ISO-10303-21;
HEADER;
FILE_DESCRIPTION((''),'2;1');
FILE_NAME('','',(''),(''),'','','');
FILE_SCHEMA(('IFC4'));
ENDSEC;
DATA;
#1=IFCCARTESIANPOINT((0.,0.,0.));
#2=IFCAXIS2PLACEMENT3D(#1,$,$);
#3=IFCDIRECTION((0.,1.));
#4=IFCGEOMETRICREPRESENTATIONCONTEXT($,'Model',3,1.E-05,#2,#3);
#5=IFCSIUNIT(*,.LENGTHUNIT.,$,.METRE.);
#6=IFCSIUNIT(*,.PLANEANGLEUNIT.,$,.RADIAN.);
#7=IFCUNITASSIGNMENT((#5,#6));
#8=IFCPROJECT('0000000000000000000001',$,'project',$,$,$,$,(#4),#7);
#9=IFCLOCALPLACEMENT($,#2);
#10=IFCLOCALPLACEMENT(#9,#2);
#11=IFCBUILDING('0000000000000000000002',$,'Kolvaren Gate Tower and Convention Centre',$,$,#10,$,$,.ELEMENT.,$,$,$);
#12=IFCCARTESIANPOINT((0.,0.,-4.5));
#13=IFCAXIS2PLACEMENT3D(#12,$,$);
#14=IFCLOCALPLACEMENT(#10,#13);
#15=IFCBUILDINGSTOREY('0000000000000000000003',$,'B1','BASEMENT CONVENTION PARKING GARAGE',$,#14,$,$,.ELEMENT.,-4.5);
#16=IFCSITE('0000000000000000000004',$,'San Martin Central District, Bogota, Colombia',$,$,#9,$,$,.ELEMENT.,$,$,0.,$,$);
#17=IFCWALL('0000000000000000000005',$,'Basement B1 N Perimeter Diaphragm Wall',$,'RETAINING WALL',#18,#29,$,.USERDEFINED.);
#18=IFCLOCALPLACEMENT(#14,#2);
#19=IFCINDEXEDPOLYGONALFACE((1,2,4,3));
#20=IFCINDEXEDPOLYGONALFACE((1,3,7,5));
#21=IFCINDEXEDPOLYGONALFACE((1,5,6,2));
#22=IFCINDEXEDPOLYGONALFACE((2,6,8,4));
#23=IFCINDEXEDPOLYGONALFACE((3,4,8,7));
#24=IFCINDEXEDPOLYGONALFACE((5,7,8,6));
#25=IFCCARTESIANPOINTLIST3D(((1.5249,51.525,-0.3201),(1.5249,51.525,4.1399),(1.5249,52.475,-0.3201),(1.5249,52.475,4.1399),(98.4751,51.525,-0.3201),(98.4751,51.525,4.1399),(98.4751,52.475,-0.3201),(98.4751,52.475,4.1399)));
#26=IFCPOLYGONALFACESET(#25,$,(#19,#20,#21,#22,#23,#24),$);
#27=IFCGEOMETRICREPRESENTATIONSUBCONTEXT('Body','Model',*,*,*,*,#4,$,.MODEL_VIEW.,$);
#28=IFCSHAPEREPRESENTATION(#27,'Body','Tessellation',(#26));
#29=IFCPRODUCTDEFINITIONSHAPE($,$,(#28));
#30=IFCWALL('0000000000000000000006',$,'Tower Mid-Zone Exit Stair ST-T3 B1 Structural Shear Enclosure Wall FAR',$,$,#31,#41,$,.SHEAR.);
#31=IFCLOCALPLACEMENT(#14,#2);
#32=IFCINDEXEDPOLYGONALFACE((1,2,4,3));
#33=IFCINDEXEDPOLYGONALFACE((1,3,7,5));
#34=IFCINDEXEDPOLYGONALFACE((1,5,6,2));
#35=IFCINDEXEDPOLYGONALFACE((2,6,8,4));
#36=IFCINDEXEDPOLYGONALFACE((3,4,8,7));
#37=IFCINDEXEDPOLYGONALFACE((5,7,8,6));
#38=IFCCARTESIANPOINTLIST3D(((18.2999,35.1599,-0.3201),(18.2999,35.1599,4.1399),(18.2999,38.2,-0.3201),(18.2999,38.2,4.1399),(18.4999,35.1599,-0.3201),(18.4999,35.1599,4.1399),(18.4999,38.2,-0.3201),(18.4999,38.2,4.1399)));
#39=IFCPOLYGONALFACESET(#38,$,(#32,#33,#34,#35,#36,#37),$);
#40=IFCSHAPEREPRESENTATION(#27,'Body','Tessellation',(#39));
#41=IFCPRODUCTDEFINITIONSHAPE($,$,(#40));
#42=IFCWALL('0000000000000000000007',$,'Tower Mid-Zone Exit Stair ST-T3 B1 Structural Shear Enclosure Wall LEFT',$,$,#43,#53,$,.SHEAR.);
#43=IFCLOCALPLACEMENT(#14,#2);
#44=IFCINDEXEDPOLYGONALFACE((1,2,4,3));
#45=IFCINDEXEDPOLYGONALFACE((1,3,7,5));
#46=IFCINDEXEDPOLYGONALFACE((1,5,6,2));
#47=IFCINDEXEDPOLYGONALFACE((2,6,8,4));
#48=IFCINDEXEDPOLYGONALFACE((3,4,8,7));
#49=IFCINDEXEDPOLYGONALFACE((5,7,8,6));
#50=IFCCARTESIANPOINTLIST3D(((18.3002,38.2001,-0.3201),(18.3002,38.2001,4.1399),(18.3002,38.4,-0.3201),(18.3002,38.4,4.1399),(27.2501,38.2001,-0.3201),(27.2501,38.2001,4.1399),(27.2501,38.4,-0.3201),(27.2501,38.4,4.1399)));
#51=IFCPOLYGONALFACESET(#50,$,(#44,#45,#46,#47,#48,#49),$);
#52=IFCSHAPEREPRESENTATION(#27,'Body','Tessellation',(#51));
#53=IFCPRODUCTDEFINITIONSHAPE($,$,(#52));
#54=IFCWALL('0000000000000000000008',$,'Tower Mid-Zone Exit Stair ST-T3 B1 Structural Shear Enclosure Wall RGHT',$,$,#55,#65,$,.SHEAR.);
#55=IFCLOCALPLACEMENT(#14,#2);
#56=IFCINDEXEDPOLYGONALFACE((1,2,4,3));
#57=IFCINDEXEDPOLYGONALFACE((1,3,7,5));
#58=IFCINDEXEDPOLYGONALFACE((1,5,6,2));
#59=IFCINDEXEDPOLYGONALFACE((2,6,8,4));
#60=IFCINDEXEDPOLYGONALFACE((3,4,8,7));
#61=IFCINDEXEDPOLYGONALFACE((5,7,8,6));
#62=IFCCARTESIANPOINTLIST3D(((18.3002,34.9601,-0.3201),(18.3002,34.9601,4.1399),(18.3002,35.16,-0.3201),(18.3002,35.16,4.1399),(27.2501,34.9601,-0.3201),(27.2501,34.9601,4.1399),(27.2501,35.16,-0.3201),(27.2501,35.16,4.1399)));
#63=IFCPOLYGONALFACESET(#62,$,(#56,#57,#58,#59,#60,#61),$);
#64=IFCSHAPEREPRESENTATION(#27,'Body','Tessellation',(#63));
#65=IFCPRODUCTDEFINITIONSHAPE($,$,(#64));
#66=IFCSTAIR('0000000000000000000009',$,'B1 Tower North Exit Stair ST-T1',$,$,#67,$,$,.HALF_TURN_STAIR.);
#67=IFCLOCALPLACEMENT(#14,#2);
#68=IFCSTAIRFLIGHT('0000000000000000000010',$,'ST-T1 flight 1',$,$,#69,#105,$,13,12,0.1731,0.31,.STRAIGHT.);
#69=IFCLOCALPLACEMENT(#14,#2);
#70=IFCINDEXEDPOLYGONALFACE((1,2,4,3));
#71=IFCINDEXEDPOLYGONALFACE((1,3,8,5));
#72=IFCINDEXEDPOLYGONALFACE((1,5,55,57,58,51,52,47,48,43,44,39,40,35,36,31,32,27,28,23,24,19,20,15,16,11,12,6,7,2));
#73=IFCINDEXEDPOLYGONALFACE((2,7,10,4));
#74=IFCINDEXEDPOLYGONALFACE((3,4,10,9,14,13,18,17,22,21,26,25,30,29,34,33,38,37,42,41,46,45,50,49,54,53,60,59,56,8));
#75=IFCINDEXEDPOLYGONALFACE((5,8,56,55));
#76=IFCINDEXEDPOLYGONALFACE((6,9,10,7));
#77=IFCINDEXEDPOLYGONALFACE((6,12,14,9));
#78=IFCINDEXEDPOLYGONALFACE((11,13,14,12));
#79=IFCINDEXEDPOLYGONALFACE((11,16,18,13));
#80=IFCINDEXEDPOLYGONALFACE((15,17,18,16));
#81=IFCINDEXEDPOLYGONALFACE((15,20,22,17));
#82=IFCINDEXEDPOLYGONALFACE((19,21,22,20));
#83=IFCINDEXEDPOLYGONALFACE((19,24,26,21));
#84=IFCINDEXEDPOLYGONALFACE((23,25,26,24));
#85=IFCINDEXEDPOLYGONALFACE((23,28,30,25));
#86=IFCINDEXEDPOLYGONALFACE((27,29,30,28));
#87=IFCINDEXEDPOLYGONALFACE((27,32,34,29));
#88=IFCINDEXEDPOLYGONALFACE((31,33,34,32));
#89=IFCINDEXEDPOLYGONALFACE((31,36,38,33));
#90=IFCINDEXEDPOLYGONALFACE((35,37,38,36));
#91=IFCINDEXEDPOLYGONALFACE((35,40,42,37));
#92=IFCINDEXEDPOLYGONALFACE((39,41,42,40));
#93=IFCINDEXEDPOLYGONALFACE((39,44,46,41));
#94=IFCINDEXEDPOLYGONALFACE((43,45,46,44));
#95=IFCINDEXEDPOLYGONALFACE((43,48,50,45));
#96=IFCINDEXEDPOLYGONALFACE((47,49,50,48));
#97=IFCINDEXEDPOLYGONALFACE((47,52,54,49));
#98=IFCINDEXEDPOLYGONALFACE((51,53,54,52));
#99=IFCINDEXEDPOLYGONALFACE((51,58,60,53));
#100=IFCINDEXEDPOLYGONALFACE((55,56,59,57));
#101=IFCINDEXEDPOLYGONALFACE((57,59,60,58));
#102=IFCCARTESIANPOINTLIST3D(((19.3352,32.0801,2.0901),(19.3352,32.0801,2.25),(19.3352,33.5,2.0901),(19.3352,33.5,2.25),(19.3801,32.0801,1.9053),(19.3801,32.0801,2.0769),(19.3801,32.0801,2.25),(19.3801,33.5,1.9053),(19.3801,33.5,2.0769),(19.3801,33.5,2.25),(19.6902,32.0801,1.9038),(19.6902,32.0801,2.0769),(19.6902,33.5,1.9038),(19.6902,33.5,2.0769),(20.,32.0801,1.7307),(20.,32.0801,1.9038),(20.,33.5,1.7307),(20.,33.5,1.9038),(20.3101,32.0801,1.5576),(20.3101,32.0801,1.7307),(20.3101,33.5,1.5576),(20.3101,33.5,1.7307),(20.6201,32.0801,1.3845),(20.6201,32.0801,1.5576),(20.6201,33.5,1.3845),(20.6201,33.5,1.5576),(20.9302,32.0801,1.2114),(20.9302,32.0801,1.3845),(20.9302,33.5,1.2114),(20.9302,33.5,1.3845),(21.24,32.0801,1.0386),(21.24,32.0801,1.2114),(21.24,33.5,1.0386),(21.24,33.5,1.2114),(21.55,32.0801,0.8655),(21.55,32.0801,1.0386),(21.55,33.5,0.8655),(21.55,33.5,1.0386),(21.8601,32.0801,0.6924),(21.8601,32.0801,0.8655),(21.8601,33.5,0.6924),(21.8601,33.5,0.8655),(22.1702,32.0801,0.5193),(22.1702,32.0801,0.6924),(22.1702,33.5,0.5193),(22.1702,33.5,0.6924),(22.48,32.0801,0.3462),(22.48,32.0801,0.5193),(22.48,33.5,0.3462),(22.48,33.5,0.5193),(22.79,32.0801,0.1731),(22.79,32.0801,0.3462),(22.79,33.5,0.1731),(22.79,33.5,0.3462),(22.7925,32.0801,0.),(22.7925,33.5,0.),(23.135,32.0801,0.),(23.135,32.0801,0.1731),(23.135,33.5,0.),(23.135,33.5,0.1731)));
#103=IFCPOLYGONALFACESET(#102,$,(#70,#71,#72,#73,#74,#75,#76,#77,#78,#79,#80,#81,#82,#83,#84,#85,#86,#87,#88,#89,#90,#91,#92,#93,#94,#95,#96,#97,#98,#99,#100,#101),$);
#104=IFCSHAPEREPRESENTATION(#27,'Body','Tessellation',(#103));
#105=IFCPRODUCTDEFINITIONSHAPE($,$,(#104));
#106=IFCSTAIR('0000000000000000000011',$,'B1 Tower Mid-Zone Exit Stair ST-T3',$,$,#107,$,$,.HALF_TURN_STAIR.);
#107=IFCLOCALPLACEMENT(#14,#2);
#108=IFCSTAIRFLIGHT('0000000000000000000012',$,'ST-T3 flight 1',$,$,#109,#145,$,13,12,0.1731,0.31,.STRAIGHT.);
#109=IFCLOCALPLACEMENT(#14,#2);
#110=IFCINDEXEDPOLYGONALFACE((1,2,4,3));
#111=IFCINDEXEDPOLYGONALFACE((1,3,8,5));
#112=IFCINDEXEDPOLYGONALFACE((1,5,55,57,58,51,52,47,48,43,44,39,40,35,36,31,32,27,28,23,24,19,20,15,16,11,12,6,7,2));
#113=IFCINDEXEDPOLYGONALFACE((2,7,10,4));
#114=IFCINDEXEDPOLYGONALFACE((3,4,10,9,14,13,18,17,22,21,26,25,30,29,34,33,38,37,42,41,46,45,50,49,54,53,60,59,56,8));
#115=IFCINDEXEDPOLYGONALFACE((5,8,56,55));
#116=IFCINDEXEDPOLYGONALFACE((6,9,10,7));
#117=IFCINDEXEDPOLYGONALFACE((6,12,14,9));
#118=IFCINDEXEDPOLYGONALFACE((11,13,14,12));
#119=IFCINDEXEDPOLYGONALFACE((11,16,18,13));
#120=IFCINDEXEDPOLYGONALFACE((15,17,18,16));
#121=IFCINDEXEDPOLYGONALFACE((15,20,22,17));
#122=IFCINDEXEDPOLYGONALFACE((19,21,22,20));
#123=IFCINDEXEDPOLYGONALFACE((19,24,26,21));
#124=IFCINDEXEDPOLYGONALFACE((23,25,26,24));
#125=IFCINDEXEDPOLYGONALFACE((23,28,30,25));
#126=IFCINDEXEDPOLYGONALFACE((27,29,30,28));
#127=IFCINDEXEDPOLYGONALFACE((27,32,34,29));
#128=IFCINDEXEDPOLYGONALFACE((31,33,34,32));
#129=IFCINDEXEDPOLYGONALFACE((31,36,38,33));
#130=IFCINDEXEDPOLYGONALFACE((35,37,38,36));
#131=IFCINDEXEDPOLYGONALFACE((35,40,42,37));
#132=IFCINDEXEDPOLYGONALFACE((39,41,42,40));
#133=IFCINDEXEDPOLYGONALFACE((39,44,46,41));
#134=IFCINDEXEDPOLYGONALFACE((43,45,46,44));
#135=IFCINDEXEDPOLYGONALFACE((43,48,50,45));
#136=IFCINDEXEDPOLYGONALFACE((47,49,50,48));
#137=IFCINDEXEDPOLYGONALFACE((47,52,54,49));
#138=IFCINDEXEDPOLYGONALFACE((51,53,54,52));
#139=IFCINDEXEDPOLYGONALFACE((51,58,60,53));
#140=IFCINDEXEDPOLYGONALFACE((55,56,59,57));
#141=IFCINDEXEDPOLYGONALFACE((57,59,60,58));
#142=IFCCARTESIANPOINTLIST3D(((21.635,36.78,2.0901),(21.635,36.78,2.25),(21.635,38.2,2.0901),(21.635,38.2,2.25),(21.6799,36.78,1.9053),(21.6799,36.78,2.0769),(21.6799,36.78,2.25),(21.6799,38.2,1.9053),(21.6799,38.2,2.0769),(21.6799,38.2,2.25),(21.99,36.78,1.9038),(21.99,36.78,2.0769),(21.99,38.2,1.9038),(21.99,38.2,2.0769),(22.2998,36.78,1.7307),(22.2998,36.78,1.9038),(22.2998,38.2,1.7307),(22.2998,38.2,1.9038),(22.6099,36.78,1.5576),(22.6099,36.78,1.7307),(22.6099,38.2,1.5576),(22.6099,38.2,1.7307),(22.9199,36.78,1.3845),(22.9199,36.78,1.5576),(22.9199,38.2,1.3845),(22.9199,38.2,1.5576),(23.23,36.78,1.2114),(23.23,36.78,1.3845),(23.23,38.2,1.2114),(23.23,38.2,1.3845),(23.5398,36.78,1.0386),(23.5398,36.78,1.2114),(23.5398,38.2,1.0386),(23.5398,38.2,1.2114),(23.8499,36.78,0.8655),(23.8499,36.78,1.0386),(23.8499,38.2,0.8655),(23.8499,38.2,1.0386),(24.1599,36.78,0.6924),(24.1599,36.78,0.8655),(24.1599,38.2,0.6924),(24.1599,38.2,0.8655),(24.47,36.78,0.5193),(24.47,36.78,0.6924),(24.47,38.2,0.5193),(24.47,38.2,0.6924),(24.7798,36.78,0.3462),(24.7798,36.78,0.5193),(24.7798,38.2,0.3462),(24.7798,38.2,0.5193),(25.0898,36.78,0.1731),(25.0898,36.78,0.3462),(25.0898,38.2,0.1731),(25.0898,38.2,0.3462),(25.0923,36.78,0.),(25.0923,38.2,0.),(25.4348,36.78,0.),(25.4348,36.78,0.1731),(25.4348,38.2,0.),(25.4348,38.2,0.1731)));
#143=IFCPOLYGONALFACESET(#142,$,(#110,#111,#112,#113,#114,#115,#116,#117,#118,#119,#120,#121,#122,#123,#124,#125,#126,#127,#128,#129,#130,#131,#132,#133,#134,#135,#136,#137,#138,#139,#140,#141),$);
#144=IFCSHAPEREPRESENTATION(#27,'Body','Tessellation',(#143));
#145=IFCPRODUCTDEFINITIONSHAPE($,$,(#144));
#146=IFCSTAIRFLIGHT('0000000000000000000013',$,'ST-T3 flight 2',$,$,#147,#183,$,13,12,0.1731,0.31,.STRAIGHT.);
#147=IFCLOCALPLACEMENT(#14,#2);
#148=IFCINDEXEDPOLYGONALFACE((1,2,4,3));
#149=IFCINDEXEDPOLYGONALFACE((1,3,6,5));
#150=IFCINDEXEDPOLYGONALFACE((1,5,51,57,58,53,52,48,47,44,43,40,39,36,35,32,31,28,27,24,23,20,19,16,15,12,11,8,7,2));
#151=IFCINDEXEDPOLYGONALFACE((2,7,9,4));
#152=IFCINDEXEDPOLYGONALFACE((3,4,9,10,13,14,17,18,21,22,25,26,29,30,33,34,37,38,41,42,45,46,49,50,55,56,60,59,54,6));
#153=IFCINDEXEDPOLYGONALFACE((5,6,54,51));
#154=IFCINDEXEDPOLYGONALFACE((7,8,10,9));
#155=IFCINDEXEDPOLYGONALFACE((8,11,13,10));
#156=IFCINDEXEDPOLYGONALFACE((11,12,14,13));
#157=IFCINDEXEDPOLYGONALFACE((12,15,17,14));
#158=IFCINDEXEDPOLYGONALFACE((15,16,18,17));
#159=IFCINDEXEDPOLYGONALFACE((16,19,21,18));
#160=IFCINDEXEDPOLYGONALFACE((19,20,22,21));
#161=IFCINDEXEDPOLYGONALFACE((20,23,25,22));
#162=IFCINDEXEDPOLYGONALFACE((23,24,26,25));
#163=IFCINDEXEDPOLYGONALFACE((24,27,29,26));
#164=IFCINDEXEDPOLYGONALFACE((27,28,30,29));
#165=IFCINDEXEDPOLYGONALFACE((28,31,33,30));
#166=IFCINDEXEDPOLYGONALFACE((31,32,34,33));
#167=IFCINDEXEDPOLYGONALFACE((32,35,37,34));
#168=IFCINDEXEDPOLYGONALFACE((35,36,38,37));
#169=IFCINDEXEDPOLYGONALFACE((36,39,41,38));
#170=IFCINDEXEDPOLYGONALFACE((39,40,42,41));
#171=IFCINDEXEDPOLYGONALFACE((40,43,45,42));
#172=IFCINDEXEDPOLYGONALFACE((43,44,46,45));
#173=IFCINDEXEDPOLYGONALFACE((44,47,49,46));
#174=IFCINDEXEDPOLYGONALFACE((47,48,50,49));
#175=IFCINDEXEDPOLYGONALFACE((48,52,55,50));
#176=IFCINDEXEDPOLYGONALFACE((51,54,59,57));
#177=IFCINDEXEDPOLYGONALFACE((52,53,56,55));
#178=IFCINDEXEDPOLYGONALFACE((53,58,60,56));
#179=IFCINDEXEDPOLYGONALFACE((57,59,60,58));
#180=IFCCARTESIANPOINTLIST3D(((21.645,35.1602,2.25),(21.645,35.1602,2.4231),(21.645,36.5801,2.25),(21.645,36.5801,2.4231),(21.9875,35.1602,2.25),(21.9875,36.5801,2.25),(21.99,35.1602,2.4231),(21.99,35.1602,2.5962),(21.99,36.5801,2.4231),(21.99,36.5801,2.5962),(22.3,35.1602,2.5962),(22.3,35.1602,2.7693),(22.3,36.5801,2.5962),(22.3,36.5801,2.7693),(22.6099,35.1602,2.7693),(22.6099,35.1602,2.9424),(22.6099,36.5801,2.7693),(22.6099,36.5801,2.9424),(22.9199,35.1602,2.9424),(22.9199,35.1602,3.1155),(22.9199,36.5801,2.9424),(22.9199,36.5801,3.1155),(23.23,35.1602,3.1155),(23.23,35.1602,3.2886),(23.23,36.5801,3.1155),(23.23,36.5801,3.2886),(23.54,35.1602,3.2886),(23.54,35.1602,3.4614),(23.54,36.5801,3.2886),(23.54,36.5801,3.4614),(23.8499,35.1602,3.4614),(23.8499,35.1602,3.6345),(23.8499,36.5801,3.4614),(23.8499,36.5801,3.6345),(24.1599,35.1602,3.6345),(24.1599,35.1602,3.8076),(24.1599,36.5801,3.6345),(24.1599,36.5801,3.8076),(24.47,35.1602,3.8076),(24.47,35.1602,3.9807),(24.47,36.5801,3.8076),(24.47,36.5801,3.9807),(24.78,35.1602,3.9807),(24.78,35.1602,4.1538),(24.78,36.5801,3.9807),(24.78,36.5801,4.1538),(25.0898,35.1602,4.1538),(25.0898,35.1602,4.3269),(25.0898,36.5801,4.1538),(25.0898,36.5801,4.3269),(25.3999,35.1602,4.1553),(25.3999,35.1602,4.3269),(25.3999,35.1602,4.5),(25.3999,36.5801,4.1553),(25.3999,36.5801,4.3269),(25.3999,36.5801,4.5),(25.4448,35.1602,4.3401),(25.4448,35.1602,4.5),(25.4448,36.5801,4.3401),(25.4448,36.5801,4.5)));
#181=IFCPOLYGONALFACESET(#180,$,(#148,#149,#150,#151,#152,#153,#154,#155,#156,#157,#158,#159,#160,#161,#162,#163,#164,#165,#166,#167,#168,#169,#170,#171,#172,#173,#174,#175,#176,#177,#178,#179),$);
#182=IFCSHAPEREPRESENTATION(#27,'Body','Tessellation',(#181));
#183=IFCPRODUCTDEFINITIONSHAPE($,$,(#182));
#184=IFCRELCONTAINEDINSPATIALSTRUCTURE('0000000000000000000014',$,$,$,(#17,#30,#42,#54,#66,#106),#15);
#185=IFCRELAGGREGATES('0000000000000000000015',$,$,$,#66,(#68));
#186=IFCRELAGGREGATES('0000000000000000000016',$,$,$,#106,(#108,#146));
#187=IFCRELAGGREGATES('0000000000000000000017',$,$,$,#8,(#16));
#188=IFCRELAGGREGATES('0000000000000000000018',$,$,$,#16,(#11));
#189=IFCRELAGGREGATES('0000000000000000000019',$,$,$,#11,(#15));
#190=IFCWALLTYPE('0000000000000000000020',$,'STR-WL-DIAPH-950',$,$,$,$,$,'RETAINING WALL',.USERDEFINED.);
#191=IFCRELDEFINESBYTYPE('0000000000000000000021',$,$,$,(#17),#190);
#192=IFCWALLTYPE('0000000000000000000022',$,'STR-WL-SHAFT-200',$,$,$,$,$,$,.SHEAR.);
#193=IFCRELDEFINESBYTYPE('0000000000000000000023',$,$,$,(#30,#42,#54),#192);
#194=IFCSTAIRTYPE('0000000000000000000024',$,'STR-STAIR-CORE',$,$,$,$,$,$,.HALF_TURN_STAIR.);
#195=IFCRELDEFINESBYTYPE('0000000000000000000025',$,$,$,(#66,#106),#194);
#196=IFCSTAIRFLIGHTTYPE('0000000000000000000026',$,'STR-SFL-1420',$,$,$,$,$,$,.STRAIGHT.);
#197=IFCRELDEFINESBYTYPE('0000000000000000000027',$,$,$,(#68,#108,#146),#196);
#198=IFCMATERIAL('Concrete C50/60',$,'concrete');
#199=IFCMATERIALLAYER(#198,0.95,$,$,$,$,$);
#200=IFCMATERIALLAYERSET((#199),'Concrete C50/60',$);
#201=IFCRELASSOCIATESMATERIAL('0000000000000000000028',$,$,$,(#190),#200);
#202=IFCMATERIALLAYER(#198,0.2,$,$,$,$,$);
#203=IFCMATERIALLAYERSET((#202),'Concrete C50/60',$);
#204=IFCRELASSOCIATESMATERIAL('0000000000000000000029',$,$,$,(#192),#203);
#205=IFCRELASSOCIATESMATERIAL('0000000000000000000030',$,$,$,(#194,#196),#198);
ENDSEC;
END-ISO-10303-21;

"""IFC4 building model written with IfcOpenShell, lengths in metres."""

from ifc_helpers import new_model, si_unit, direction, frame, frame_2d, origin, place, context, subcontext, project, spatial, polyline, rectangle, outline, extrude, material, layer, layer_set, type_object, element, aggregate, save


model = new_model("IFC4")

# Units and contexts
model_context = context("Model", 3, precision=1e-05, world=origin(), true_north=direction((0.0, 1.0)))
body_context = subcontext(model_context, "Body", "Model", "MODEL_VIEW")
ifc_project = project(units=[si_unit("LENGTHUNIT", "METRE"), si_unit("PLANEANGLEUNIT", "RADIAN")], contexts=[model_context])

# Site, building, storey
site_placement = place(None, origin())
site = spatial("IfcSite", under=ifc_project, at=site_placement, Name="San Martin Central District, Bogota, Colombia", CompositionType="ELEMENT", RefElevation=0.0)
building_placement = place(site_placement, origin())
building = spatial("IfcBuilding", under=site, at=building_placement, Name="Kolvaren Gate Tower and Convention Centre", CompositionType="ELEMENT")
storey_placement = place(building_placement, frame((0.0, 0.0, -4.5)))
storey = spatial("IfcBuildingStorey", under=building, at=storey_placement, Name="B1", Description="BASEMENT CONVENTION PARKING GARAGE", CompositionType="ELEMENT", Elevation=-4.5)

# Walls
ifc_material_1 = material(Name="Concrete C50/60", Category="concrete")
ifc_layer_1 = layer(ifc_material_1, 0.95)
ifc_layer_set_1 = layer_set([ifc_layer_1], Name="Concrete C50/60")
wall_type_1 = type_object("IfcWallType", Name="STR-WL-DIAPH-950", ElementType="RETAINING WALL", PredefinedType="USERDEFINED", material=ifc_layer_set_1)
wall_1_placement = place(storey_placement, frame((1.5249, 52.0, -0.3201), z_axis=(0.0, 0.0, 1.0), x_axis=(1.0, 0.0, 0.0)))
element("IfcWall", 1, at=wall_1_placement, inside=storey, type_object=wall_type_1, Name="Basement B1 N Perimeter Diaphragm Wall", ObjectType="RETAINING WALL", PredefinedType="USERDEFINED", context=body_context, shape_type="SweptSolid", body=[
    extrude(rectangle(XDim=96.9502, YDim=0.95, at=frame_2d((48.4751, 0.0))), origin(), (0.0, 0.0, 1.0), 4.46),
])
ifc_layer_2 = layer(ifc_material_1, 0.2)
ifc_layer_set_2 = layer_set([ifc_layer_2], Name="Concrete C50/60")
wall_type_2 = type_object("IfcWallType", Name="STR-WL-SHAFT-200", PredefinedType="SHEAR", material=ifc_layer_set_2)
wall_2_placement = place(storey_placement, frame((18.3999, 35.1599, -0.3201), z_axis=(0.0, 0.0, 1.0), x_axis=(0.0, 1.0, 0.0)))
element("IfcWall", 2, at=wall_2_placement, inside=storey, type_object=wall_type_2, Name="Tower Mid-Zone Exit Stair ST-T3 B1 Structural Shear Enclosure Wall FAR", PredefinedType="SHEAR", context=body_context, shape_type="SweptSolid", body=[
    extrude(rectangle(XDim=3.04, YDim=0.2, at=frame_2d((1.52, 0.0))), origin(), (0.0, 0.0, 1.0), 4.46),
])
for number, where, z_axis, x_axis, name in (
    (3, (18.3, 38.3, -0.3201), (0.0, 0.0, 1.0), (1.0, 0.0, 0.0), "Tower Mid-Zone Exit Stair ST-T3 B1 Structural Shear Enclosure Wall LEFT"),
    (4, (18.3, 35.0601, -0.3201), (0.0, 0.0, 1.0), (1.0, 0.0, 0.0), "Tower Mid-Zone Exit Stair ST-T3 B1 Structural Shear Enclosure Wall RGHT"),
):
    element("IfcWall", number, at=place(storey_placement, frame(where, z_axis=z_axis, x_axis=x_axis)), inside=storey, type_object=wall_type_2, Name=name, PredefinedType="SHEAR", context=body_context, shape_type="SweptSolid", body=[
        extrude(rectangle(XDim=8.95, YDim=0.2, at=frame_2d((4.4751, 0.0))), origin(), (0.0, 0.0, 1.0), 4.46),
    ])

# Stair, stair flight
stair_type = type_object("IfcStairType", Name="STR-STAIR-CORE", PredefinedType="HALF_TURN_STAIR", material=ifc_material_1)
stair_1_placement = place(storey_placement, origin())
stair_1 = element("IfcStair", 5, at=stair_1_placement, inside=storey, type_object=stair_type, Name="B1 Tower North Exit Stair ST-T1", PredefinedType="HALF_TURN_STAIR")
stair_flight_type = type_object("IfcStairFlightType", Name="STR-SFL-1420", PredefinedType="STRAIGHT", material=ifc_material_1)
stair_flight_1_placement = place(storey_placement, frame((23.1001, 32.79, 0.0), z_axis=(0.0, 0.0, 1.0), x_axis=(-1.0, 0.0, 0.0)))
stair_flight_1 = element("IfcStairFlight", 6, at=stair_flight_1_placement, type_object=stair_flight_type, Name="ST-T1 flight 1", NumberOfRisers=13, NumberOfTreads=12, PredefinedType="STRAIGHT", RiserHeight=0.1731, TreadLength=0.31, context=body_context, shape_type="SweptSolid", body=[
    extrude(outline(polyline([(-0.0349, 0.0), (-0.0349, 0.1731), (0.3101, 0.1731), (0.3101, 0.3462), (0.6201, 0.3462), (0.6201, 0.5193), (0.9299, 0.5193), (0.9299, 0.6924), (1.24, 0.6924), (1.24, 0.8655), (1.55, 0.8655), (1.55, 1.0386), (1.8601, 1.0386), (1.8601, 1.2114), (2.1699, 1.2114), (2.1699, 1.3845), (2.48, 1.3845), (2.48, 1.5576), (2.79, 1.5576), (2.79, 1.7307), (3.1001, 1.7307), (3.1001, 1.9038), (3.4099, 1.9038), (3.4099, 2.0769), (3.72, 2.0769), (3.72, 2.25), (3.7649, 2.25), (3.7649, 2.0901), (3.72, 1.9053), (0.3076, 0.0), (-0.0349, 0.0)])), frame((0.0, 0.71, 0.0), z_axis=(0.0, -1.0, 0.0), x_axis=(1.0, 0.0, 0.0)), (0.0, 0.0, 1.0), 1.4199),
])
aggregate(stair_1, [stair_flight_1])

# Stair, stair flights
stair_2_placement = place(storey_placement, origin())
stair_2 = element("IfcStair", 7, at=stair_2_placement, inside=storey, type_object=stair_type, Name="B1 Tower Mid-Zone Exit Stair ST-T3", PredefinedType="HALF_TURN_STAIR")
stair_flight_2_placement = place(storey_placement, frame((25.3999, 37.49, 0.0), z_axis=(0.0, 0.0, 1.0), x_axis=(-1.0, 0.0, 0.0)))
stair_flight_2 = element("IfcStairFlight", 8, at=stair_flight_2_placement, type_object=stair_flight_type, Name="ST-T3 flight 1", NumberOfRisers=13, NumberOfTreads=12, PredefinedType="STRAIGHT", RiserHeight=0.1731, TreadLength=0.31, context=body_context, shape_type="SweptSolid", body=[
    extrude(outline(polyline([(-0.0349, 0.0), (-0.0349, 0.1731), (0.3101, 0.1731), (0.3101, 0.3462), (0.6201, 0.3462), (0.6201, 0.5193), (0.9299, 0.5193), (0.9299, 0.6924), (1.24, 0.6924), (1.24, 0.8655), (1.55, 0.8655), (1.55, 1.0386), (1.8601, 1.0386), (1.8601, 1.2114), (2.1699, 1.2114), (2.1699, 1.3845), (2.48, 1.3845), (2.48, 1.5576), (2.79, 1.5576), (2.79, 1.7307), (3.1001, 1.7307), (3.1001, 1.9038), (3.4099, 1.9038), (3.4099, 2.0769), (3.72, 2.0769), (3.72, 2.25), (3.7649, 2.25), (3.7649, 2.0901), (3.72, 1.9053), (0.3076, 0.0), (-0.0349, 0.0)])), frame((0.0, 0.71, 0.0), z_axis=(0.0, -1.0, 0.0), x_axis=(1.0, 0.0, 0.0)), (0.0, 0.0, 1.0), 1.4199),
])
stair_flight_3_placement = place(storey_placement, frame((21.6799, 35.8701, 2.25), z_axis=(0.0, 0.0, 1.0), x_axis=(1.0, 0.0, 0.0)))
stair_flight_3 = element("IfcStairFlight", 9, at=stair_flight_3_placement, type_object=stair_flight_type, Name="ST-T3 flight 2", NumberOfRisers=13, NumberOfTreads=12, PredefinedType="STRAIGHT", RiserHeight=0.1731, TreadLength=0.31, context=body_context, shape_type="SweptSolid", body=[
    extrude(outline(polyline([(-0.0349, 0.0), (-0.0349, 0.1731), (0.3101, 0.1731), (0.3101, 0.3462), (0.6201, 0.3462), (0.6201, 0.5193), (0.9299, 0.5193), (0.9299, 0.6924), (1.24, 0.6924), (1.24, 0.8655), (1.55, 0.8655), (1.55, 1.0386), (1.8601, 1.0386), (1.8601, 1.2114), (2.1699, 1.2114), (2.1699, 1.3845), (2.48, 1.3845), (2.48, 1.5576), (2.79, 1.5576), (2.79, 1.7307), (3.1001, 1.7307), (3.1001, 1.9038), (3.4099, 1.9038), (3.4099, 2.0769), (3.72, 2.0769), (3.72, 2.25), (3.7649, 2.25), (3.7649, 2.0901), (3.72, 1.9053), (0.3076, 0.0), (-0.0349, 0.0)])), frame((0.0, 0.71, 0.0), z_axis=(0.0, -1.0, 0.0), x_axis=(1.0, 0.0, 0.0)), (0.0, 0.0, 1.0), 1.4199),
])
aggregate(stair_2, [stair_flight_2, stair_flight_3])

save(model, "model.ifc")
